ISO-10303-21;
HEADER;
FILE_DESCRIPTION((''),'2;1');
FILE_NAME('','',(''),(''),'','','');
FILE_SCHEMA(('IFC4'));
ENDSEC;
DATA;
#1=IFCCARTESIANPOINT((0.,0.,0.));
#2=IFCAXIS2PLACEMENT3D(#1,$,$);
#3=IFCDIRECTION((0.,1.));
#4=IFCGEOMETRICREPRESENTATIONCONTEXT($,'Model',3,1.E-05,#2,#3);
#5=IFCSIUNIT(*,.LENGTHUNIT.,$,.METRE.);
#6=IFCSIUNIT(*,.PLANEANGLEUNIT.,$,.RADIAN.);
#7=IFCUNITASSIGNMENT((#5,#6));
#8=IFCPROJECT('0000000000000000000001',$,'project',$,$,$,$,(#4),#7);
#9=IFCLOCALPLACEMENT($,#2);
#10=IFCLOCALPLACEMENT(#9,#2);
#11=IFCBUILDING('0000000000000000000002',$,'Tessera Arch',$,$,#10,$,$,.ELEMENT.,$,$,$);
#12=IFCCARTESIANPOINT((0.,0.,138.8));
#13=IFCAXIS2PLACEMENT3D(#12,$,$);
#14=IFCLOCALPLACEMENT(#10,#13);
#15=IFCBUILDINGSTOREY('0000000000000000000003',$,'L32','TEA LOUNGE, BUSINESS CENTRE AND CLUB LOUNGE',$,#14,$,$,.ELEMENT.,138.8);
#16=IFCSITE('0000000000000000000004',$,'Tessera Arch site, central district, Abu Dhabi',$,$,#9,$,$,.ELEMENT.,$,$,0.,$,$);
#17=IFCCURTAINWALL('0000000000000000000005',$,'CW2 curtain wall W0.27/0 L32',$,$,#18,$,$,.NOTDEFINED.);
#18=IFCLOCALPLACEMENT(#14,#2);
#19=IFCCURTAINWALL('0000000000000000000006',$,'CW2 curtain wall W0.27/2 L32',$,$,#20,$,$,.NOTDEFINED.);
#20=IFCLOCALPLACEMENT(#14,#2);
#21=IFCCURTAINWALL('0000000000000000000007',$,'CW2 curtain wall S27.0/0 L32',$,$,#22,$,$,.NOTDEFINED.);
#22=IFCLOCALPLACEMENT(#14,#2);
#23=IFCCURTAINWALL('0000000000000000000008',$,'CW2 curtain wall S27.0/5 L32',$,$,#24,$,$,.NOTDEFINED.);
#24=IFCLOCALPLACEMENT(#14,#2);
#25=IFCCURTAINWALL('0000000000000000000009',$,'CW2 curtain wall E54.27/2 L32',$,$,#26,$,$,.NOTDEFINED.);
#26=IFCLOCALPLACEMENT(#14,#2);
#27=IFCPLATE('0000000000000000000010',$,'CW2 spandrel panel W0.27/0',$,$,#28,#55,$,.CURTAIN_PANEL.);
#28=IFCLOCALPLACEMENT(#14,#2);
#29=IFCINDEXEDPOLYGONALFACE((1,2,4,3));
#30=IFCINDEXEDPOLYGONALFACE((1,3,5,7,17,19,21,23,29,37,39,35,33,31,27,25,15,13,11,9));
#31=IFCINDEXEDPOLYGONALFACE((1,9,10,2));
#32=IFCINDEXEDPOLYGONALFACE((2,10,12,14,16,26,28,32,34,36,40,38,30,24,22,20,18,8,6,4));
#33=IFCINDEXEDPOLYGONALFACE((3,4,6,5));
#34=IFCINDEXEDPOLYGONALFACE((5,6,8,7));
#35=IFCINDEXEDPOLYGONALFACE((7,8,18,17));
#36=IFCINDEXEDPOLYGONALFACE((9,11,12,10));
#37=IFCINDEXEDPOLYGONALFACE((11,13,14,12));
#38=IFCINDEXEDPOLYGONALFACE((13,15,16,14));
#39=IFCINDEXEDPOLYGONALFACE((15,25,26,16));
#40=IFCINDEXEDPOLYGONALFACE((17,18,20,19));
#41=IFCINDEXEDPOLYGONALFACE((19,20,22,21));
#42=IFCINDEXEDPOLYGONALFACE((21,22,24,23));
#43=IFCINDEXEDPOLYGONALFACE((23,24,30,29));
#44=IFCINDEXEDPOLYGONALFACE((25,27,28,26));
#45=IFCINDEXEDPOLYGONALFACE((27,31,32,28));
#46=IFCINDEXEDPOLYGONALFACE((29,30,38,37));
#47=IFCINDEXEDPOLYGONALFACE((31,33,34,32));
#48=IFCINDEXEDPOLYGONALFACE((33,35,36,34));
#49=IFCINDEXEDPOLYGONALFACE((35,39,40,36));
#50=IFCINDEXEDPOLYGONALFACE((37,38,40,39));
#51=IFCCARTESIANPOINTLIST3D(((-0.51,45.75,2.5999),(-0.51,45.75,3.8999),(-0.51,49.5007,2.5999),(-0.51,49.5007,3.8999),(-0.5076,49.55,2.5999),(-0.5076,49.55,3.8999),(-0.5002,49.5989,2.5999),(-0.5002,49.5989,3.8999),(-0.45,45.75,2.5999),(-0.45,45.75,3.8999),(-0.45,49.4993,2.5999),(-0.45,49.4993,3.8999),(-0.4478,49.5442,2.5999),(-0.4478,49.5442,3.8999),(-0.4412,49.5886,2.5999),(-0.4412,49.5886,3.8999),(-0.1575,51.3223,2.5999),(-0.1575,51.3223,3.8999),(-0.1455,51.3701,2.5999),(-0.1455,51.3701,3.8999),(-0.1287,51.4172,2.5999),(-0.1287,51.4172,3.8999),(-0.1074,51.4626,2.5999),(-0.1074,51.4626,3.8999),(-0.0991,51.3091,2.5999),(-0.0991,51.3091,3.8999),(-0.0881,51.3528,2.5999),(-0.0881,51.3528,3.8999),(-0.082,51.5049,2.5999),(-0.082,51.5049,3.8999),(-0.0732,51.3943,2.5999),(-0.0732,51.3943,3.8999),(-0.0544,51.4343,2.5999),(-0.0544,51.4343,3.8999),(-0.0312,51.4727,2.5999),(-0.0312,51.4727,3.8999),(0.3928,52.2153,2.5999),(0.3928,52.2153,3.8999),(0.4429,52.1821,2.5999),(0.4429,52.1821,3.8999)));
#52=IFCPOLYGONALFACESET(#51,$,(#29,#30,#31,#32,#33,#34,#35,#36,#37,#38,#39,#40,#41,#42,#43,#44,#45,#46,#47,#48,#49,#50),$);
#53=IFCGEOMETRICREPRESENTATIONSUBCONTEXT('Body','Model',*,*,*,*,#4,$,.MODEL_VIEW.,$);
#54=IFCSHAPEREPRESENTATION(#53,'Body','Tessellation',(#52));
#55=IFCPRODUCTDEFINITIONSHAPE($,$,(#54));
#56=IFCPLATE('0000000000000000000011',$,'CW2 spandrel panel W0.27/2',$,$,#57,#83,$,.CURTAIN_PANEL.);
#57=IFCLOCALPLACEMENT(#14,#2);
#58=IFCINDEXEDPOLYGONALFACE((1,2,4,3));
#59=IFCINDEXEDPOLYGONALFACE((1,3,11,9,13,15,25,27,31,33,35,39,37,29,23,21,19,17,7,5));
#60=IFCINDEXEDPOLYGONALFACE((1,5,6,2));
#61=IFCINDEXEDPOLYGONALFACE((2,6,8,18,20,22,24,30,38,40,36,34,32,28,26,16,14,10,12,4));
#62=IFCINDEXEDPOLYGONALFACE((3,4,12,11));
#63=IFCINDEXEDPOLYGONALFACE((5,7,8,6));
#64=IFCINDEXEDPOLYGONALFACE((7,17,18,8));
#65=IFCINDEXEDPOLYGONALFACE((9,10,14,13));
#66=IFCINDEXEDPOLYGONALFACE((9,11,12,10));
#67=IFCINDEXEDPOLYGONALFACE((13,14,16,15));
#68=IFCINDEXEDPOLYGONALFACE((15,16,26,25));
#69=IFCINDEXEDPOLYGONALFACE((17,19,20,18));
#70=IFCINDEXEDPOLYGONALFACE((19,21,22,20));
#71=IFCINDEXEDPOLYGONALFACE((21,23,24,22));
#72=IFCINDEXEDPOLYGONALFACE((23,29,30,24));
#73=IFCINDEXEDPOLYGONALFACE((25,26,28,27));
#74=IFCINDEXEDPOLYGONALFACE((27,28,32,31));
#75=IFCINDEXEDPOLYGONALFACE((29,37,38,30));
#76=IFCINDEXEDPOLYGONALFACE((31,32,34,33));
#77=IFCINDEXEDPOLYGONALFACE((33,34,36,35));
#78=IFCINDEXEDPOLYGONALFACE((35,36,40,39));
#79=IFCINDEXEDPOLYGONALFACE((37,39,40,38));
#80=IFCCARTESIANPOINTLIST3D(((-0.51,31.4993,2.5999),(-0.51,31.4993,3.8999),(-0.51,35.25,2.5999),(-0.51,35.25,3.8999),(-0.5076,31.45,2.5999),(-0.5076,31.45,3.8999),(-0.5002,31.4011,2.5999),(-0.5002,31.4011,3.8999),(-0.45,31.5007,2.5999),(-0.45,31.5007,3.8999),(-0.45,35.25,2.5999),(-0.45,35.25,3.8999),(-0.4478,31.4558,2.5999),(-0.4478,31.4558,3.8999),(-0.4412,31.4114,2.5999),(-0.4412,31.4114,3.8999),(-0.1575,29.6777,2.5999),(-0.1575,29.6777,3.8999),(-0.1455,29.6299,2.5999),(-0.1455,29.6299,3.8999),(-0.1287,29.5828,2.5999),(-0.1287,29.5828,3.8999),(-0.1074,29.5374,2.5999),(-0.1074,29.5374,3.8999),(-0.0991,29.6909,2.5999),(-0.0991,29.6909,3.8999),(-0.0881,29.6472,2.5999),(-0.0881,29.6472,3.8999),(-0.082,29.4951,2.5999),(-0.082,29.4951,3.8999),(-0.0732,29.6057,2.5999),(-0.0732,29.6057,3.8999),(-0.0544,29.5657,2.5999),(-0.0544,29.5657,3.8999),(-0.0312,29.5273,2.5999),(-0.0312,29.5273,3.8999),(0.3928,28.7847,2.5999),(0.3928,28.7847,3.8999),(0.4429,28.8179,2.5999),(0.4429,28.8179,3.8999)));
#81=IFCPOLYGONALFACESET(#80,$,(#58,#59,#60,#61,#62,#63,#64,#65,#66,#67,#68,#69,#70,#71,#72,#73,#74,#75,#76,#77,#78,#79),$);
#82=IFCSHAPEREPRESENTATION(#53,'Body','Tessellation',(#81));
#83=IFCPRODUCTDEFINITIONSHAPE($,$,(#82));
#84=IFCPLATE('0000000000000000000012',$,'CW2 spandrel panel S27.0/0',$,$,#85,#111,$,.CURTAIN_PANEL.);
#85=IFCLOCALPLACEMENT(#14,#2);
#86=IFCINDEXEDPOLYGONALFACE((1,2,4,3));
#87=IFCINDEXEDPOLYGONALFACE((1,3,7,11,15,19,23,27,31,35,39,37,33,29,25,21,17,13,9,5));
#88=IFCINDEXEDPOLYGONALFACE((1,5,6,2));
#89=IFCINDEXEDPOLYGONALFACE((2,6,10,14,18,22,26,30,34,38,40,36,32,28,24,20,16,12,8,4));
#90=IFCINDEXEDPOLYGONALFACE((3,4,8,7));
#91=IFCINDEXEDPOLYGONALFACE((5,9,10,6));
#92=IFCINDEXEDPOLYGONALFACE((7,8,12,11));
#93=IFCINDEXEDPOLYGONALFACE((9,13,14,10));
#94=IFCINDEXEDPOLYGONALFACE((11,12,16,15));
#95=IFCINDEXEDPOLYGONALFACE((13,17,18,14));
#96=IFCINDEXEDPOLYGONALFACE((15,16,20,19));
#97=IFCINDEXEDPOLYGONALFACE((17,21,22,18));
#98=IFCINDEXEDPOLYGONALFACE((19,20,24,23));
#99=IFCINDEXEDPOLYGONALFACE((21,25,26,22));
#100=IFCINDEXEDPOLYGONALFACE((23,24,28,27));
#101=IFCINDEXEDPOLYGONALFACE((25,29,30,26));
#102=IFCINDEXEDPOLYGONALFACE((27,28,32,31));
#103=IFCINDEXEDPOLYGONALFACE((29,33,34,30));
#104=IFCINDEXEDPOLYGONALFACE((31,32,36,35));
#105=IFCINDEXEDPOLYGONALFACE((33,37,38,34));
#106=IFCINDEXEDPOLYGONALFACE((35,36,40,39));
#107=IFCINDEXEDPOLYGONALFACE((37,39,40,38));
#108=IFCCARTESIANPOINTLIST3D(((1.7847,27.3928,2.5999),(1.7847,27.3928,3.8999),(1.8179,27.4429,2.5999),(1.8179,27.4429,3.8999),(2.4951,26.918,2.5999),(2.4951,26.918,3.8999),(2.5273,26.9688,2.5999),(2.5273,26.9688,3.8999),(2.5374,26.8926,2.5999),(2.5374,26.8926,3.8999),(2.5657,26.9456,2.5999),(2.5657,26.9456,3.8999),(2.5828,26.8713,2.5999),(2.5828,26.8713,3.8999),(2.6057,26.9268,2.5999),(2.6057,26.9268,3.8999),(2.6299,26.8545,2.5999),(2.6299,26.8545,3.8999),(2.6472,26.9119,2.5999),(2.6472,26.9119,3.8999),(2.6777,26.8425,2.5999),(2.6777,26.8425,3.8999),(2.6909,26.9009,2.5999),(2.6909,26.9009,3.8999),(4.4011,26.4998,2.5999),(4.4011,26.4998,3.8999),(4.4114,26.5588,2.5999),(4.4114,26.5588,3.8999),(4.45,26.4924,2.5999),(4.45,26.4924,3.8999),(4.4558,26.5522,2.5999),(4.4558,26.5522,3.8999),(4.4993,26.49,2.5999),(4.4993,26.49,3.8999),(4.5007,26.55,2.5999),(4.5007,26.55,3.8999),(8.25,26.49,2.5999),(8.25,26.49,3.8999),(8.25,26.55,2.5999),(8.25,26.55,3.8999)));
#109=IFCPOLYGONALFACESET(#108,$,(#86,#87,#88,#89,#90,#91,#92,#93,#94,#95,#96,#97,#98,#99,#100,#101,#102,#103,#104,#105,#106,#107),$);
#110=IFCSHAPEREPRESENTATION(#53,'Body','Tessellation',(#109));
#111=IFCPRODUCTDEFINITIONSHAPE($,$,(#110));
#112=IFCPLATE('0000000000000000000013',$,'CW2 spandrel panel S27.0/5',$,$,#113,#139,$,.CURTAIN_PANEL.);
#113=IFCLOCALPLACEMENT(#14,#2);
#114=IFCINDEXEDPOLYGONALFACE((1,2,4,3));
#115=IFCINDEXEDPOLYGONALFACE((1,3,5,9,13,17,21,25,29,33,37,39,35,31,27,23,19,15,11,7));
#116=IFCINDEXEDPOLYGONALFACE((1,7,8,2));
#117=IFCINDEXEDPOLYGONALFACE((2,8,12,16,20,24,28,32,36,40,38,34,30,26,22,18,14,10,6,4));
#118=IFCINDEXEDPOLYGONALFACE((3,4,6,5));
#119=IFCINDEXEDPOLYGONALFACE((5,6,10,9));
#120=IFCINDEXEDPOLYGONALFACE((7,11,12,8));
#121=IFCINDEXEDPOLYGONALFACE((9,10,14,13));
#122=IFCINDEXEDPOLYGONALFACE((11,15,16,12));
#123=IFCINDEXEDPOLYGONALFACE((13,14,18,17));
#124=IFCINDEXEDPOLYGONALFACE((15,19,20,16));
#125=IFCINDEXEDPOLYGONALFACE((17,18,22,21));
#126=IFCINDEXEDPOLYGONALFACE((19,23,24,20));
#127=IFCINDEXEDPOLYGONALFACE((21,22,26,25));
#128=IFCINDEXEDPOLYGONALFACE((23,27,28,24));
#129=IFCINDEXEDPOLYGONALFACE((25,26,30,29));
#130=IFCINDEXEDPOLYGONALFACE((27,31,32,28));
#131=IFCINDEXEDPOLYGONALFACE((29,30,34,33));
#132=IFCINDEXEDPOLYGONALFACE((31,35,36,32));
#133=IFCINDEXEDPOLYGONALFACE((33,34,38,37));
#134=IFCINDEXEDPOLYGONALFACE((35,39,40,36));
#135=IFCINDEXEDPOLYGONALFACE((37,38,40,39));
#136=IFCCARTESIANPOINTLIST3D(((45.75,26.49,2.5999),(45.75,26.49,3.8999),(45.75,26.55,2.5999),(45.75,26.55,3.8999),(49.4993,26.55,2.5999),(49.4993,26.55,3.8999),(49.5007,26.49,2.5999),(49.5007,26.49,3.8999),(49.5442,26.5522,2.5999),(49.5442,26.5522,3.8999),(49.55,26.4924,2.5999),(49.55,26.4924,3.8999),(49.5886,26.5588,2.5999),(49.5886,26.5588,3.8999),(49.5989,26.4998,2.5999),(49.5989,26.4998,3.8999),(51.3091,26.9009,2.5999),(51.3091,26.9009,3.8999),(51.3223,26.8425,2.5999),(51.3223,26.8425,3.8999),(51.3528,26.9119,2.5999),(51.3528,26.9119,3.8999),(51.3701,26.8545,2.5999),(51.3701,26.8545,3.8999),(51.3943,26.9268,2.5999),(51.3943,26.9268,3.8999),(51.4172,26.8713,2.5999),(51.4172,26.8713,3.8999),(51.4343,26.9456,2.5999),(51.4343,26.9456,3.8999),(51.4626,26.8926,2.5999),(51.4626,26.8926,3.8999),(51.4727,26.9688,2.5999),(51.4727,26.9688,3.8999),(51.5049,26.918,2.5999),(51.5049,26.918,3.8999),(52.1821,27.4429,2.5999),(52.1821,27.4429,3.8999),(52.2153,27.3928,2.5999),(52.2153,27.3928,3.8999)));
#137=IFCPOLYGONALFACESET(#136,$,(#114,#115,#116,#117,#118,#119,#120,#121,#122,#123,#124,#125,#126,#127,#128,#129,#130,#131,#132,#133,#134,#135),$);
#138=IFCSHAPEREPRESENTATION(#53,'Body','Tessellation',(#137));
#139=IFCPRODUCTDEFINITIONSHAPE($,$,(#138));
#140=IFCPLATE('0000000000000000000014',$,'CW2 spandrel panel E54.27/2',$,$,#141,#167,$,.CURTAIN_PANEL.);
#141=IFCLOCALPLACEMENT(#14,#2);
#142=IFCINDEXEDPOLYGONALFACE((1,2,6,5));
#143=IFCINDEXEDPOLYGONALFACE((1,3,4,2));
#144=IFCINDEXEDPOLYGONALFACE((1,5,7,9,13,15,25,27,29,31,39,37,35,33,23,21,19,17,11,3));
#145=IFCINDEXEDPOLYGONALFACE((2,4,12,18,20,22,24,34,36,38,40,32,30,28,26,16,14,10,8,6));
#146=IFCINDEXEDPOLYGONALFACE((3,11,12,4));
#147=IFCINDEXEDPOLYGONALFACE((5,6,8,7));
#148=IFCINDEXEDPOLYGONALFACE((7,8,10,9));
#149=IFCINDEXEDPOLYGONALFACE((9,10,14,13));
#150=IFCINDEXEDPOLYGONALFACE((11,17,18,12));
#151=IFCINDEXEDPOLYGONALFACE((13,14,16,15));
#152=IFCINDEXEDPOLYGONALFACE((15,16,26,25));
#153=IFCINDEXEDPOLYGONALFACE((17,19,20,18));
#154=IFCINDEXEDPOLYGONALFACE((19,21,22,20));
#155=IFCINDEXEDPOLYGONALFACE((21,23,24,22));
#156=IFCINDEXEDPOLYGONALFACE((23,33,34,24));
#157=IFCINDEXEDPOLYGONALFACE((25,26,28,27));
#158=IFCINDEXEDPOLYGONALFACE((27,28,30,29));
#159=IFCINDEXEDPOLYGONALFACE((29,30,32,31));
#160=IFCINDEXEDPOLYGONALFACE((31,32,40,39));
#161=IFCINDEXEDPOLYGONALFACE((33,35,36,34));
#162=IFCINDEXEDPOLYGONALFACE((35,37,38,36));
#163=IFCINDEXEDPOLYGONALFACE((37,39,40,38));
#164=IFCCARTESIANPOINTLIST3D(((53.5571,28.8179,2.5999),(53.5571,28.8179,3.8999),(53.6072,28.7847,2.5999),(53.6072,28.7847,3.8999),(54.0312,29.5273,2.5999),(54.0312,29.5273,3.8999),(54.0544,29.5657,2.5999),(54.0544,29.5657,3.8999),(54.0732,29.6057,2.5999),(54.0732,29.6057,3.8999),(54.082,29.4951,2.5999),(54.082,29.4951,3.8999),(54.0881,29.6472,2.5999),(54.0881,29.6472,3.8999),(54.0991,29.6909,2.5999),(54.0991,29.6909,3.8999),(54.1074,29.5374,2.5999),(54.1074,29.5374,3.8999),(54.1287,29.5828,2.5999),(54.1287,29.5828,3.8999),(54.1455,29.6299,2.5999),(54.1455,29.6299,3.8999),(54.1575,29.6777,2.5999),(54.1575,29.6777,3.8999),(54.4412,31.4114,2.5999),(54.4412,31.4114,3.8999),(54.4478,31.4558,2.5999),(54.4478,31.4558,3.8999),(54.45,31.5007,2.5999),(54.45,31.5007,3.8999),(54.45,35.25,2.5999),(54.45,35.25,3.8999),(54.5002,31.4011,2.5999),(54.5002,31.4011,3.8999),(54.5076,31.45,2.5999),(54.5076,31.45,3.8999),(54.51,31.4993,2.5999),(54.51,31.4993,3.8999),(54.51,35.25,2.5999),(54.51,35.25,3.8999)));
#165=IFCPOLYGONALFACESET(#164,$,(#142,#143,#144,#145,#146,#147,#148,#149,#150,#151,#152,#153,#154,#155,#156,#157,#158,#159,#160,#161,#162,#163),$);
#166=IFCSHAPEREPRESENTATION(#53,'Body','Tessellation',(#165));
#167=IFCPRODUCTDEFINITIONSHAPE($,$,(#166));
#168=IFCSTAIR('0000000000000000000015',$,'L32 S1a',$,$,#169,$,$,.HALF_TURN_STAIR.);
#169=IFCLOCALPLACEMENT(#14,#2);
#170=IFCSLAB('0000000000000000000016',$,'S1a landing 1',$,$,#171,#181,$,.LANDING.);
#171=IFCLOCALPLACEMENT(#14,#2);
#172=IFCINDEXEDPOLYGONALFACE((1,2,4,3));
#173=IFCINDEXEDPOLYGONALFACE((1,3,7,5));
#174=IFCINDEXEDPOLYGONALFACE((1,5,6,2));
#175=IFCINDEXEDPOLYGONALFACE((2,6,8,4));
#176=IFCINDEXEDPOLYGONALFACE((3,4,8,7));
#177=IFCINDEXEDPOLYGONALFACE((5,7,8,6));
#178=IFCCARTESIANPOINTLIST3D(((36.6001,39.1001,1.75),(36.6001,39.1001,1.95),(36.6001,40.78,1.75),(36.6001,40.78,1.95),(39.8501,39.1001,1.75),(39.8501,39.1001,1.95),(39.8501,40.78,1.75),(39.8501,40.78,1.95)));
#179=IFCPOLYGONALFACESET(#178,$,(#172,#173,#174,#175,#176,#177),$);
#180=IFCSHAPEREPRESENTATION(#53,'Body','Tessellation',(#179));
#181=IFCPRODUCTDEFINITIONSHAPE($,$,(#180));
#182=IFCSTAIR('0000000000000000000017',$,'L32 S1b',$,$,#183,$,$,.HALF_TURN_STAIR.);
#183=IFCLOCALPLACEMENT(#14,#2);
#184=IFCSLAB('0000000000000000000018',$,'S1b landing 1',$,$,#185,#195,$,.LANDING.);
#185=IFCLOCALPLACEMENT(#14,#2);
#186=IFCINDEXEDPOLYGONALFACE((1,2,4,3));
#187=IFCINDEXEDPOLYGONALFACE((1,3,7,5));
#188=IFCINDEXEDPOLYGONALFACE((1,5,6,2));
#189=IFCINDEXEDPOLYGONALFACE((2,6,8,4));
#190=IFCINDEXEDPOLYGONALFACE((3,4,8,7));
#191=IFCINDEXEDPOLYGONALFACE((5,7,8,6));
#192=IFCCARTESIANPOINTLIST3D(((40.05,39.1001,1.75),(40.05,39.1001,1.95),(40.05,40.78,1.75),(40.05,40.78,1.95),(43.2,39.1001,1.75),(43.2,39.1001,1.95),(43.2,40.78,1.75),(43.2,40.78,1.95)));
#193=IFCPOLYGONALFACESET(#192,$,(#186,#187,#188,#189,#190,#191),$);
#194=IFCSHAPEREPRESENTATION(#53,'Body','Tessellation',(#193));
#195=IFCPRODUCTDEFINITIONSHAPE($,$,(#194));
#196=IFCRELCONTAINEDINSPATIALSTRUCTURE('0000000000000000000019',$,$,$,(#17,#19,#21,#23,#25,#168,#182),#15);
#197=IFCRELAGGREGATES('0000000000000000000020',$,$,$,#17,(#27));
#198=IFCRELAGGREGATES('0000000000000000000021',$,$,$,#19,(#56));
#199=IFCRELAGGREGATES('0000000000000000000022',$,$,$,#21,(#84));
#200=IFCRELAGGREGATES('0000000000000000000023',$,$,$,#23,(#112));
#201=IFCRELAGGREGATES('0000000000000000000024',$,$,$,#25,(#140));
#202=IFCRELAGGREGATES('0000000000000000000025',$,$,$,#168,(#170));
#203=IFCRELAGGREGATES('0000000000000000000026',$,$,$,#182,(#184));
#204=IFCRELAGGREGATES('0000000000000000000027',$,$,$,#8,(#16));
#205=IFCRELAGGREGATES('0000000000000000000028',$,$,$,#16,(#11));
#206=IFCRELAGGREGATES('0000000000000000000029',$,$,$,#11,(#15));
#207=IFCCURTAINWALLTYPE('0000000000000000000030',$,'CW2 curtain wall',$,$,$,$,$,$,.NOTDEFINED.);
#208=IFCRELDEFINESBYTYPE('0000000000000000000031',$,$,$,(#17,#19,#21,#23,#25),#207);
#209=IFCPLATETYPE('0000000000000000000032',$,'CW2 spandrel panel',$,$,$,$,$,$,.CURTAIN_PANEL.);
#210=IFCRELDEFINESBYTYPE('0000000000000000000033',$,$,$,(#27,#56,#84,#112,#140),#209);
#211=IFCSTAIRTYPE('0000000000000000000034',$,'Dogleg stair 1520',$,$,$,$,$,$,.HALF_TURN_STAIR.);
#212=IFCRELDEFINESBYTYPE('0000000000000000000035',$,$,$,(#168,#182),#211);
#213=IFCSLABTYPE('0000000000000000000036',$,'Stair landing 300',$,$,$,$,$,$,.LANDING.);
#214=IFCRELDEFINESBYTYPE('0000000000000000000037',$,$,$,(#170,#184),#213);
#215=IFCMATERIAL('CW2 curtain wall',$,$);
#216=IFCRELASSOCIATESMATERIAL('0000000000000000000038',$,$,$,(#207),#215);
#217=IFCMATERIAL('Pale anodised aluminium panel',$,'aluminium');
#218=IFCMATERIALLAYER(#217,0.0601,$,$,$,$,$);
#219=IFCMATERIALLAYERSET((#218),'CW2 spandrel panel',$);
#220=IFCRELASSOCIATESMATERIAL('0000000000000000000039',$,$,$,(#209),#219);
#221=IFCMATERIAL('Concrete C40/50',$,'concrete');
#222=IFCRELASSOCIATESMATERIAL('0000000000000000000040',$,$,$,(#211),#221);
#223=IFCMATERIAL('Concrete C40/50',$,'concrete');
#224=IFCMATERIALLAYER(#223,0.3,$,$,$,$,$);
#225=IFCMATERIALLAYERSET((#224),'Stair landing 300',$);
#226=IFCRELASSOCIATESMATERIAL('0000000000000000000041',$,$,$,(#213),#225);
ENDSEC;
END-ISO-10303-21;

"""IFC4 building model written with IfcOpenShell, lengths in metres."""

from ifc_helpers import new_model, si_unit, direction, frame, origin, place, context, subcontext, project, spatial, polyline, outline, extrude, material, layer, layer_set, type_object, element, aggregate, save


model = new_model("IFC4")

# Units and contexts
model_context = context("Model", 3, precision=1e-05, world=origin(), true_north=direction((0.0, 1.0)))
body_context = subcontext(model_context, "Body", "Model", "MODEL_VIEW")
ifc_project = project(units=[si_unit("LENGTHUNIT", "METRE"), si_unit("PLANEANGLEUNIT", "RADIAN")], contexts=[model_context])

# Site, building, storey
site_placement = place(None, origin())
site = spatial("IfcSite", under=ifc_project, at=site_placement, Name="Tessera Arch site, central district, Abu Dhabi", CompositionType="ELEMENT", RefElevation=0.0)
building_placement = place(site_placement, origin())
building = spatial("IfcBuilding", under=site, at=building_placement, Name="Tessera Arch", CompositionType="ELEMENT")
storey_placement = place(building_placement, frame((0.0, 0.0, 138.8)))
storey = spatial("IfcBuildingStorey", under=building, at=storey_placement, Name="L32", Description="TEA LOUNGE, BUSINESS CENTRE AND CLUB LOUNGE", CompositionType="ELEMENT", Elevation=138.8)

# Curtain walls
ifc_material_1 = material(Name="CW2 curtain wall")
curtain_wall_type_1 = type_object("IfcCurtainWallType", Name="CW2 curtain wall", PredefinedType="NOTDEFINED", material=ifc_material_1)
curtain_wall_1_placement = place(storey_placement, origin())
curtain_wall_1 = element("IfcCurtainWall", 1, at=curtain_wall_1_placement, inside=storey, type_object=curtain_wall_type_1, Name="CW2 curtain wall W0.27/0 L32", PredefinedType="NOTDEFINED")
curtain_wall_2_placement = place(storey_placement, origin())
curtain_wall_2 = element("IfcCurtainWall", 2, at=curtain_wall_2_placement, inside=storey, type_object=curtain_wall_type_1, Name="CW2 curtain wall W0.27/2 L32", PredefinedType="NOTDEFINED")
curtain_wall_3_placement = place(storey_placement, origin())
curtain_wall_3 = element("IfcCurtainWall", 3, at=curtain_wall_3_placement, inside=storey, type_object=curtain_wall_type_1, Name="CW2 curtain wall S27.0/0 L32", PredefinedType="NOTDEFINED")
curtain_wall_4_placement = place(storey_placement, origin())
curtain_wall_4 = element("IfcCurtainWall", 4, at=curtain_wall_4_placement, inside=storey, type_object=curtain_wall_type_1, Name="CW2 curtain wall S27.0/5 L32", PredefinedType="NOTDEFINED")
curtain_wall_5_placement = place(storey_placement, origin())
curtain_wall_5 = element("IfcCurtainWall", 5, at=curtain_wall_5_placement, inside=storey, type_object=curtain_wall_type_1, Name="CW2 curtain wall E54.27/2 L32", PredefinedType="NOTDEFINED")

# Plates
ifc_material_2 = material(Name="Pale anodised aluminium panel", Category="aluminium")
ifc_layer_1 = layer(ifc_material_2, 0.0601)
ifc_layer_set_1 = layer_set([ifc_layer_1], Name="CW2 spandrel panel")
plate_type_1 = type_object("IfcPlateType", Name="CW2 spandrel panel", PredefinedType="CURTAIN_PANEL", material=ifc_layer_set_1)
plate_1_placement = place(storey_placement, frame((0.0, 0.0, 2.5999)))
plate_1 = element("IfcPlate", 6, at=plate_1_placement, type_object=plate_type_1, Name="CW2 spandrel panel W0.27/0", PredefinedType="CURTAIN_PANEL", context=body_context, shape_type="SweptSolid", body=[
    extrude(outline(polyline([(-0.0312, 51.4727), (0.4429, 52.1821), (0.3928, 52.2153), (-0.082, 51.5049), (-0.1074, 51.4626), (-0.1287, 51.4172), (-0.1455, 51.3701), (-0.1575, 51.3223), (-0.5002, 49.5989), (-0.5076, 49.55), (-0.51, 49.5007), (-0.51, 45.75), (-0.45, 45.75), (-0.45, 49.4993), (-0.4478, 49.5442), (-0.4412, 49.5886), (-0.0991, 51.3091), (-0.0881, 51.3528), (-0.0732, 51.3943), (-0.0544, 51.4343), (-0.0312, 51.4727)])), origin(), (0.0, 0.0, 1.0), 1.3),
])
aggregate(curtain_wall_1, [plate_1])
plate_2_placement = place(storey_placement, frame((0.0, 0.0, 2.5999)))
plate_2 = element("IfcPlate", 7, at=plate_2_placement, type_object=plate_type_1, Name="CW2 spandrel panel W0.27/2", PredefinedType="CURTAIN_PANEL", context=body_context, shape_type="SweptSolid", body=[
    extrude(outline(polyline([(-0.45, 31.5007), (-0.45, 35.25), (-0.51, 35.25), (-0.51, 31.4993), (-0.5076, 31.45), (-0.5002, 31.4011), (-0.1575, 29.6777), (-0.1455, 29.6299), (-0.1287, 29.5828), (-0.1074, 29.5374), (-0.082, 29.4951), (0.3928, 28.7847), (0.4429, 28.8179), (-0.0312, 29.5273), (-0.0544, 29.5657), (-0.0732, 29.6057), (-0.0881, 29.6472), (-0.0991, 29.6909), (-0.4412, 31.4114), (-0.4478, 31.4558), (-0.45, 31.5007)])), origin(), (0.0, 0.0, 1.0), 1.3),
])
aggregate(curtain_wall_2, [plate_2])
plate_3_placement = place(storey_placement, frame((0.0, 0.0, 2.5999)))
plate_3 = element("IfcPlate", 8, at=plate_3_placement, type_object=plate_type_1, Name="CW2 spandrel panel S27.0/0", PredefinedType="CURTAIN_PANEL", context=body_context, shape_type="SweptSolid", body=[
    extrude(outline(polyline([(2.5273, 26.9688), (1.8179, 27.4429), (1.7847, 27.3928), (2.4951, 26.918), (2.5374, 26.8926), (2.5828, 26.8713), (2.6299, 26.8545), (2.6777, 26.8425), (4.4011, 26.4998), (4.45, 26.4924), (4.4993, 26.49), (8.25, 26.49), (8.25, 26.55), (4.5007, 26.55), (4.4558, 26.5522), (4.4114, 26.5588), (2.6909, 26.9009), (2.6472, 26.9119), (2.6057, 26.9268), (2.5657, 26.9456), (2.5273, 26.9688)])), origin(), (0.0, 0.0, 1.0), 1.3),
])
aggregate(curtain_wall_3, [plate_3])
plate_4_placement = place(storey_placement, frame((0.0, 0.0, 2.5999)))
plate_4 = element("IfcPlate", 9, at=plate_4_placement, type_object=plate_type_1, Name="CW2 spandrel panel S27.0/5", PredefinedType="CURTAIN_PANEL", context=body_context, shape_type="SweptSolid", body=[
    extrude(outline(polyline([(49.4993, 26.55), (45.75, 26.55), (45.75, 26.49), (49.5007, 26.49), (49.55, 26.4924), (49.5989, 26.4998), (51.3223, 26.8425), (51.3701, 26.8545), (51.4172, 26.8713), (51.4626, 26.8926), (51.5049, 26.918), (52.2153, 27.3928), (52.1821, 27.4429), (51.4727, 26.9688), (51.4343, 26.9456), (51.3943, 26.9268), (51.3528, 26.9119), (51.3091, 26.9009), (49.5886, 26.5588), (49.5442, 26.5522), (49.4993, 26.55)])), origin(), (0.0, 0.0, 1.0), 1.3),
])
aggregate(curtain_wall_4, [plate_4])
plate_5_placement = place(storey_placement, frame((0.0, 0.0, 2.5999)))
plate_5 = element("IfcPlate", 10, at=plate_5_placement, type_object=plate_type_1, Name="CW2 spandrel panel E54.27/2", PredefinedType="CURTAIN_PANEL", context=body_context, shape_type="SweptSolid", body=[
    extrude(outline(polyline([(54.0312, 29.5273), (53.5571, 28.8179), (53.6072, 28.7847), (54.082, 29.4951), (54.1074, 29.5374), (54.1287, 29.5828), (54.1455, 29.6299), (54.1575, 29.6777), (54.5002, 31.4011), (54.5076, 31.45), (54.51, 31.4993), (54.51, 35.25), (54.45, 35.25), (54.45, 31.5007), (54.4478, 31.4558), (54.4412, 31.4114), (54.0991, 29.6909), (54.0881, 29.6472), (54.0732, 29.6057), (54.0544, 29.5657), (54.0312, 29.5273)])), origin(), (0.0, 0.0, 1.0), 1.3),
])
aggregate(curtain_wall_5, [plate_5])

# Stairs, slabs
ifc_material_3 = material(Name="Concrete C40/50", Category="concrete")
stair_type_1 = type_object("IfcStairType", Name="Dogleg stair 1520", PredefinedType="HALF_TURN_STAIR", material=ifc_material_3)
stair_1_placement = place(storey_placement, origin())
stair_1 = element("IfcStair", 11, at=stair_1_placement, inside=storey, type_object=stair_type_1, Name="L32 S1a", PredefinedType="HALF_TURN_STAIR")
ifc_material_4 = material(Name="Concrete C40/50", Category="concrete")
ifc_layer_2 = layer(ifc_material_4, 0.3)
ifc_layer_set_2 = layer_set([ifc_layer_2], Name="Stair landing 300")
slab_type_1 = type_object("IfcSlabType", Name="Stair landing 300", PredefinedType="LANDING", material=ifc_layer_set_2)
slab_1_placement = place(storey_placement, frame((0.0, 0.0, 1.75)))
slab_1 = element("IfcSlab", 12, at=slab_1_placement, type_object=slab_type_1, Name="S1a landing 1", PredefinedType="LANDING", context=body_context, shape_type="SweptSolid", body=[
    extrude(outline(polyline([(36.6001, 40.78), (36.6001, 39.1001), (39.8501, 39.1001), (39.8501, 40.78), (36.6001, 40.78)])), origin(), (0.0, 0.0, 1.0), 0.2),
])
aggregate(stair_1, [slab_1])
stair_2_placement = place(storey_placement, origin())
stair_2 = element("IfcStair", 13, at=stair_2_placement, inside=storey, type_object=stair_type_1, Name="L32 S1b", PredefinedType="HALF_TURN_STAIR")
slab_2_placement = place(storey_placement, frame((0.0, 0.0, 1.75)))
slab_2 = element("IfcSlab", 14, at=slab_2_placement, type_object=slab_type_1, Name="S1b landing 1", PredefinedType="LANDING", context=body_context, shape_type="SweptSolid", body=[
    extrude(outline(polyline([(40.05, 40.78), (40.05, 39.1001), (43.2, 39.1001), (43.2, 40.78), (40.05, 40.78)])), origin(), (0.0, 0.0, 1.0), 0.2),
])
aggregate(stair_2, [slab_2])

save(model, "model.ifc")
